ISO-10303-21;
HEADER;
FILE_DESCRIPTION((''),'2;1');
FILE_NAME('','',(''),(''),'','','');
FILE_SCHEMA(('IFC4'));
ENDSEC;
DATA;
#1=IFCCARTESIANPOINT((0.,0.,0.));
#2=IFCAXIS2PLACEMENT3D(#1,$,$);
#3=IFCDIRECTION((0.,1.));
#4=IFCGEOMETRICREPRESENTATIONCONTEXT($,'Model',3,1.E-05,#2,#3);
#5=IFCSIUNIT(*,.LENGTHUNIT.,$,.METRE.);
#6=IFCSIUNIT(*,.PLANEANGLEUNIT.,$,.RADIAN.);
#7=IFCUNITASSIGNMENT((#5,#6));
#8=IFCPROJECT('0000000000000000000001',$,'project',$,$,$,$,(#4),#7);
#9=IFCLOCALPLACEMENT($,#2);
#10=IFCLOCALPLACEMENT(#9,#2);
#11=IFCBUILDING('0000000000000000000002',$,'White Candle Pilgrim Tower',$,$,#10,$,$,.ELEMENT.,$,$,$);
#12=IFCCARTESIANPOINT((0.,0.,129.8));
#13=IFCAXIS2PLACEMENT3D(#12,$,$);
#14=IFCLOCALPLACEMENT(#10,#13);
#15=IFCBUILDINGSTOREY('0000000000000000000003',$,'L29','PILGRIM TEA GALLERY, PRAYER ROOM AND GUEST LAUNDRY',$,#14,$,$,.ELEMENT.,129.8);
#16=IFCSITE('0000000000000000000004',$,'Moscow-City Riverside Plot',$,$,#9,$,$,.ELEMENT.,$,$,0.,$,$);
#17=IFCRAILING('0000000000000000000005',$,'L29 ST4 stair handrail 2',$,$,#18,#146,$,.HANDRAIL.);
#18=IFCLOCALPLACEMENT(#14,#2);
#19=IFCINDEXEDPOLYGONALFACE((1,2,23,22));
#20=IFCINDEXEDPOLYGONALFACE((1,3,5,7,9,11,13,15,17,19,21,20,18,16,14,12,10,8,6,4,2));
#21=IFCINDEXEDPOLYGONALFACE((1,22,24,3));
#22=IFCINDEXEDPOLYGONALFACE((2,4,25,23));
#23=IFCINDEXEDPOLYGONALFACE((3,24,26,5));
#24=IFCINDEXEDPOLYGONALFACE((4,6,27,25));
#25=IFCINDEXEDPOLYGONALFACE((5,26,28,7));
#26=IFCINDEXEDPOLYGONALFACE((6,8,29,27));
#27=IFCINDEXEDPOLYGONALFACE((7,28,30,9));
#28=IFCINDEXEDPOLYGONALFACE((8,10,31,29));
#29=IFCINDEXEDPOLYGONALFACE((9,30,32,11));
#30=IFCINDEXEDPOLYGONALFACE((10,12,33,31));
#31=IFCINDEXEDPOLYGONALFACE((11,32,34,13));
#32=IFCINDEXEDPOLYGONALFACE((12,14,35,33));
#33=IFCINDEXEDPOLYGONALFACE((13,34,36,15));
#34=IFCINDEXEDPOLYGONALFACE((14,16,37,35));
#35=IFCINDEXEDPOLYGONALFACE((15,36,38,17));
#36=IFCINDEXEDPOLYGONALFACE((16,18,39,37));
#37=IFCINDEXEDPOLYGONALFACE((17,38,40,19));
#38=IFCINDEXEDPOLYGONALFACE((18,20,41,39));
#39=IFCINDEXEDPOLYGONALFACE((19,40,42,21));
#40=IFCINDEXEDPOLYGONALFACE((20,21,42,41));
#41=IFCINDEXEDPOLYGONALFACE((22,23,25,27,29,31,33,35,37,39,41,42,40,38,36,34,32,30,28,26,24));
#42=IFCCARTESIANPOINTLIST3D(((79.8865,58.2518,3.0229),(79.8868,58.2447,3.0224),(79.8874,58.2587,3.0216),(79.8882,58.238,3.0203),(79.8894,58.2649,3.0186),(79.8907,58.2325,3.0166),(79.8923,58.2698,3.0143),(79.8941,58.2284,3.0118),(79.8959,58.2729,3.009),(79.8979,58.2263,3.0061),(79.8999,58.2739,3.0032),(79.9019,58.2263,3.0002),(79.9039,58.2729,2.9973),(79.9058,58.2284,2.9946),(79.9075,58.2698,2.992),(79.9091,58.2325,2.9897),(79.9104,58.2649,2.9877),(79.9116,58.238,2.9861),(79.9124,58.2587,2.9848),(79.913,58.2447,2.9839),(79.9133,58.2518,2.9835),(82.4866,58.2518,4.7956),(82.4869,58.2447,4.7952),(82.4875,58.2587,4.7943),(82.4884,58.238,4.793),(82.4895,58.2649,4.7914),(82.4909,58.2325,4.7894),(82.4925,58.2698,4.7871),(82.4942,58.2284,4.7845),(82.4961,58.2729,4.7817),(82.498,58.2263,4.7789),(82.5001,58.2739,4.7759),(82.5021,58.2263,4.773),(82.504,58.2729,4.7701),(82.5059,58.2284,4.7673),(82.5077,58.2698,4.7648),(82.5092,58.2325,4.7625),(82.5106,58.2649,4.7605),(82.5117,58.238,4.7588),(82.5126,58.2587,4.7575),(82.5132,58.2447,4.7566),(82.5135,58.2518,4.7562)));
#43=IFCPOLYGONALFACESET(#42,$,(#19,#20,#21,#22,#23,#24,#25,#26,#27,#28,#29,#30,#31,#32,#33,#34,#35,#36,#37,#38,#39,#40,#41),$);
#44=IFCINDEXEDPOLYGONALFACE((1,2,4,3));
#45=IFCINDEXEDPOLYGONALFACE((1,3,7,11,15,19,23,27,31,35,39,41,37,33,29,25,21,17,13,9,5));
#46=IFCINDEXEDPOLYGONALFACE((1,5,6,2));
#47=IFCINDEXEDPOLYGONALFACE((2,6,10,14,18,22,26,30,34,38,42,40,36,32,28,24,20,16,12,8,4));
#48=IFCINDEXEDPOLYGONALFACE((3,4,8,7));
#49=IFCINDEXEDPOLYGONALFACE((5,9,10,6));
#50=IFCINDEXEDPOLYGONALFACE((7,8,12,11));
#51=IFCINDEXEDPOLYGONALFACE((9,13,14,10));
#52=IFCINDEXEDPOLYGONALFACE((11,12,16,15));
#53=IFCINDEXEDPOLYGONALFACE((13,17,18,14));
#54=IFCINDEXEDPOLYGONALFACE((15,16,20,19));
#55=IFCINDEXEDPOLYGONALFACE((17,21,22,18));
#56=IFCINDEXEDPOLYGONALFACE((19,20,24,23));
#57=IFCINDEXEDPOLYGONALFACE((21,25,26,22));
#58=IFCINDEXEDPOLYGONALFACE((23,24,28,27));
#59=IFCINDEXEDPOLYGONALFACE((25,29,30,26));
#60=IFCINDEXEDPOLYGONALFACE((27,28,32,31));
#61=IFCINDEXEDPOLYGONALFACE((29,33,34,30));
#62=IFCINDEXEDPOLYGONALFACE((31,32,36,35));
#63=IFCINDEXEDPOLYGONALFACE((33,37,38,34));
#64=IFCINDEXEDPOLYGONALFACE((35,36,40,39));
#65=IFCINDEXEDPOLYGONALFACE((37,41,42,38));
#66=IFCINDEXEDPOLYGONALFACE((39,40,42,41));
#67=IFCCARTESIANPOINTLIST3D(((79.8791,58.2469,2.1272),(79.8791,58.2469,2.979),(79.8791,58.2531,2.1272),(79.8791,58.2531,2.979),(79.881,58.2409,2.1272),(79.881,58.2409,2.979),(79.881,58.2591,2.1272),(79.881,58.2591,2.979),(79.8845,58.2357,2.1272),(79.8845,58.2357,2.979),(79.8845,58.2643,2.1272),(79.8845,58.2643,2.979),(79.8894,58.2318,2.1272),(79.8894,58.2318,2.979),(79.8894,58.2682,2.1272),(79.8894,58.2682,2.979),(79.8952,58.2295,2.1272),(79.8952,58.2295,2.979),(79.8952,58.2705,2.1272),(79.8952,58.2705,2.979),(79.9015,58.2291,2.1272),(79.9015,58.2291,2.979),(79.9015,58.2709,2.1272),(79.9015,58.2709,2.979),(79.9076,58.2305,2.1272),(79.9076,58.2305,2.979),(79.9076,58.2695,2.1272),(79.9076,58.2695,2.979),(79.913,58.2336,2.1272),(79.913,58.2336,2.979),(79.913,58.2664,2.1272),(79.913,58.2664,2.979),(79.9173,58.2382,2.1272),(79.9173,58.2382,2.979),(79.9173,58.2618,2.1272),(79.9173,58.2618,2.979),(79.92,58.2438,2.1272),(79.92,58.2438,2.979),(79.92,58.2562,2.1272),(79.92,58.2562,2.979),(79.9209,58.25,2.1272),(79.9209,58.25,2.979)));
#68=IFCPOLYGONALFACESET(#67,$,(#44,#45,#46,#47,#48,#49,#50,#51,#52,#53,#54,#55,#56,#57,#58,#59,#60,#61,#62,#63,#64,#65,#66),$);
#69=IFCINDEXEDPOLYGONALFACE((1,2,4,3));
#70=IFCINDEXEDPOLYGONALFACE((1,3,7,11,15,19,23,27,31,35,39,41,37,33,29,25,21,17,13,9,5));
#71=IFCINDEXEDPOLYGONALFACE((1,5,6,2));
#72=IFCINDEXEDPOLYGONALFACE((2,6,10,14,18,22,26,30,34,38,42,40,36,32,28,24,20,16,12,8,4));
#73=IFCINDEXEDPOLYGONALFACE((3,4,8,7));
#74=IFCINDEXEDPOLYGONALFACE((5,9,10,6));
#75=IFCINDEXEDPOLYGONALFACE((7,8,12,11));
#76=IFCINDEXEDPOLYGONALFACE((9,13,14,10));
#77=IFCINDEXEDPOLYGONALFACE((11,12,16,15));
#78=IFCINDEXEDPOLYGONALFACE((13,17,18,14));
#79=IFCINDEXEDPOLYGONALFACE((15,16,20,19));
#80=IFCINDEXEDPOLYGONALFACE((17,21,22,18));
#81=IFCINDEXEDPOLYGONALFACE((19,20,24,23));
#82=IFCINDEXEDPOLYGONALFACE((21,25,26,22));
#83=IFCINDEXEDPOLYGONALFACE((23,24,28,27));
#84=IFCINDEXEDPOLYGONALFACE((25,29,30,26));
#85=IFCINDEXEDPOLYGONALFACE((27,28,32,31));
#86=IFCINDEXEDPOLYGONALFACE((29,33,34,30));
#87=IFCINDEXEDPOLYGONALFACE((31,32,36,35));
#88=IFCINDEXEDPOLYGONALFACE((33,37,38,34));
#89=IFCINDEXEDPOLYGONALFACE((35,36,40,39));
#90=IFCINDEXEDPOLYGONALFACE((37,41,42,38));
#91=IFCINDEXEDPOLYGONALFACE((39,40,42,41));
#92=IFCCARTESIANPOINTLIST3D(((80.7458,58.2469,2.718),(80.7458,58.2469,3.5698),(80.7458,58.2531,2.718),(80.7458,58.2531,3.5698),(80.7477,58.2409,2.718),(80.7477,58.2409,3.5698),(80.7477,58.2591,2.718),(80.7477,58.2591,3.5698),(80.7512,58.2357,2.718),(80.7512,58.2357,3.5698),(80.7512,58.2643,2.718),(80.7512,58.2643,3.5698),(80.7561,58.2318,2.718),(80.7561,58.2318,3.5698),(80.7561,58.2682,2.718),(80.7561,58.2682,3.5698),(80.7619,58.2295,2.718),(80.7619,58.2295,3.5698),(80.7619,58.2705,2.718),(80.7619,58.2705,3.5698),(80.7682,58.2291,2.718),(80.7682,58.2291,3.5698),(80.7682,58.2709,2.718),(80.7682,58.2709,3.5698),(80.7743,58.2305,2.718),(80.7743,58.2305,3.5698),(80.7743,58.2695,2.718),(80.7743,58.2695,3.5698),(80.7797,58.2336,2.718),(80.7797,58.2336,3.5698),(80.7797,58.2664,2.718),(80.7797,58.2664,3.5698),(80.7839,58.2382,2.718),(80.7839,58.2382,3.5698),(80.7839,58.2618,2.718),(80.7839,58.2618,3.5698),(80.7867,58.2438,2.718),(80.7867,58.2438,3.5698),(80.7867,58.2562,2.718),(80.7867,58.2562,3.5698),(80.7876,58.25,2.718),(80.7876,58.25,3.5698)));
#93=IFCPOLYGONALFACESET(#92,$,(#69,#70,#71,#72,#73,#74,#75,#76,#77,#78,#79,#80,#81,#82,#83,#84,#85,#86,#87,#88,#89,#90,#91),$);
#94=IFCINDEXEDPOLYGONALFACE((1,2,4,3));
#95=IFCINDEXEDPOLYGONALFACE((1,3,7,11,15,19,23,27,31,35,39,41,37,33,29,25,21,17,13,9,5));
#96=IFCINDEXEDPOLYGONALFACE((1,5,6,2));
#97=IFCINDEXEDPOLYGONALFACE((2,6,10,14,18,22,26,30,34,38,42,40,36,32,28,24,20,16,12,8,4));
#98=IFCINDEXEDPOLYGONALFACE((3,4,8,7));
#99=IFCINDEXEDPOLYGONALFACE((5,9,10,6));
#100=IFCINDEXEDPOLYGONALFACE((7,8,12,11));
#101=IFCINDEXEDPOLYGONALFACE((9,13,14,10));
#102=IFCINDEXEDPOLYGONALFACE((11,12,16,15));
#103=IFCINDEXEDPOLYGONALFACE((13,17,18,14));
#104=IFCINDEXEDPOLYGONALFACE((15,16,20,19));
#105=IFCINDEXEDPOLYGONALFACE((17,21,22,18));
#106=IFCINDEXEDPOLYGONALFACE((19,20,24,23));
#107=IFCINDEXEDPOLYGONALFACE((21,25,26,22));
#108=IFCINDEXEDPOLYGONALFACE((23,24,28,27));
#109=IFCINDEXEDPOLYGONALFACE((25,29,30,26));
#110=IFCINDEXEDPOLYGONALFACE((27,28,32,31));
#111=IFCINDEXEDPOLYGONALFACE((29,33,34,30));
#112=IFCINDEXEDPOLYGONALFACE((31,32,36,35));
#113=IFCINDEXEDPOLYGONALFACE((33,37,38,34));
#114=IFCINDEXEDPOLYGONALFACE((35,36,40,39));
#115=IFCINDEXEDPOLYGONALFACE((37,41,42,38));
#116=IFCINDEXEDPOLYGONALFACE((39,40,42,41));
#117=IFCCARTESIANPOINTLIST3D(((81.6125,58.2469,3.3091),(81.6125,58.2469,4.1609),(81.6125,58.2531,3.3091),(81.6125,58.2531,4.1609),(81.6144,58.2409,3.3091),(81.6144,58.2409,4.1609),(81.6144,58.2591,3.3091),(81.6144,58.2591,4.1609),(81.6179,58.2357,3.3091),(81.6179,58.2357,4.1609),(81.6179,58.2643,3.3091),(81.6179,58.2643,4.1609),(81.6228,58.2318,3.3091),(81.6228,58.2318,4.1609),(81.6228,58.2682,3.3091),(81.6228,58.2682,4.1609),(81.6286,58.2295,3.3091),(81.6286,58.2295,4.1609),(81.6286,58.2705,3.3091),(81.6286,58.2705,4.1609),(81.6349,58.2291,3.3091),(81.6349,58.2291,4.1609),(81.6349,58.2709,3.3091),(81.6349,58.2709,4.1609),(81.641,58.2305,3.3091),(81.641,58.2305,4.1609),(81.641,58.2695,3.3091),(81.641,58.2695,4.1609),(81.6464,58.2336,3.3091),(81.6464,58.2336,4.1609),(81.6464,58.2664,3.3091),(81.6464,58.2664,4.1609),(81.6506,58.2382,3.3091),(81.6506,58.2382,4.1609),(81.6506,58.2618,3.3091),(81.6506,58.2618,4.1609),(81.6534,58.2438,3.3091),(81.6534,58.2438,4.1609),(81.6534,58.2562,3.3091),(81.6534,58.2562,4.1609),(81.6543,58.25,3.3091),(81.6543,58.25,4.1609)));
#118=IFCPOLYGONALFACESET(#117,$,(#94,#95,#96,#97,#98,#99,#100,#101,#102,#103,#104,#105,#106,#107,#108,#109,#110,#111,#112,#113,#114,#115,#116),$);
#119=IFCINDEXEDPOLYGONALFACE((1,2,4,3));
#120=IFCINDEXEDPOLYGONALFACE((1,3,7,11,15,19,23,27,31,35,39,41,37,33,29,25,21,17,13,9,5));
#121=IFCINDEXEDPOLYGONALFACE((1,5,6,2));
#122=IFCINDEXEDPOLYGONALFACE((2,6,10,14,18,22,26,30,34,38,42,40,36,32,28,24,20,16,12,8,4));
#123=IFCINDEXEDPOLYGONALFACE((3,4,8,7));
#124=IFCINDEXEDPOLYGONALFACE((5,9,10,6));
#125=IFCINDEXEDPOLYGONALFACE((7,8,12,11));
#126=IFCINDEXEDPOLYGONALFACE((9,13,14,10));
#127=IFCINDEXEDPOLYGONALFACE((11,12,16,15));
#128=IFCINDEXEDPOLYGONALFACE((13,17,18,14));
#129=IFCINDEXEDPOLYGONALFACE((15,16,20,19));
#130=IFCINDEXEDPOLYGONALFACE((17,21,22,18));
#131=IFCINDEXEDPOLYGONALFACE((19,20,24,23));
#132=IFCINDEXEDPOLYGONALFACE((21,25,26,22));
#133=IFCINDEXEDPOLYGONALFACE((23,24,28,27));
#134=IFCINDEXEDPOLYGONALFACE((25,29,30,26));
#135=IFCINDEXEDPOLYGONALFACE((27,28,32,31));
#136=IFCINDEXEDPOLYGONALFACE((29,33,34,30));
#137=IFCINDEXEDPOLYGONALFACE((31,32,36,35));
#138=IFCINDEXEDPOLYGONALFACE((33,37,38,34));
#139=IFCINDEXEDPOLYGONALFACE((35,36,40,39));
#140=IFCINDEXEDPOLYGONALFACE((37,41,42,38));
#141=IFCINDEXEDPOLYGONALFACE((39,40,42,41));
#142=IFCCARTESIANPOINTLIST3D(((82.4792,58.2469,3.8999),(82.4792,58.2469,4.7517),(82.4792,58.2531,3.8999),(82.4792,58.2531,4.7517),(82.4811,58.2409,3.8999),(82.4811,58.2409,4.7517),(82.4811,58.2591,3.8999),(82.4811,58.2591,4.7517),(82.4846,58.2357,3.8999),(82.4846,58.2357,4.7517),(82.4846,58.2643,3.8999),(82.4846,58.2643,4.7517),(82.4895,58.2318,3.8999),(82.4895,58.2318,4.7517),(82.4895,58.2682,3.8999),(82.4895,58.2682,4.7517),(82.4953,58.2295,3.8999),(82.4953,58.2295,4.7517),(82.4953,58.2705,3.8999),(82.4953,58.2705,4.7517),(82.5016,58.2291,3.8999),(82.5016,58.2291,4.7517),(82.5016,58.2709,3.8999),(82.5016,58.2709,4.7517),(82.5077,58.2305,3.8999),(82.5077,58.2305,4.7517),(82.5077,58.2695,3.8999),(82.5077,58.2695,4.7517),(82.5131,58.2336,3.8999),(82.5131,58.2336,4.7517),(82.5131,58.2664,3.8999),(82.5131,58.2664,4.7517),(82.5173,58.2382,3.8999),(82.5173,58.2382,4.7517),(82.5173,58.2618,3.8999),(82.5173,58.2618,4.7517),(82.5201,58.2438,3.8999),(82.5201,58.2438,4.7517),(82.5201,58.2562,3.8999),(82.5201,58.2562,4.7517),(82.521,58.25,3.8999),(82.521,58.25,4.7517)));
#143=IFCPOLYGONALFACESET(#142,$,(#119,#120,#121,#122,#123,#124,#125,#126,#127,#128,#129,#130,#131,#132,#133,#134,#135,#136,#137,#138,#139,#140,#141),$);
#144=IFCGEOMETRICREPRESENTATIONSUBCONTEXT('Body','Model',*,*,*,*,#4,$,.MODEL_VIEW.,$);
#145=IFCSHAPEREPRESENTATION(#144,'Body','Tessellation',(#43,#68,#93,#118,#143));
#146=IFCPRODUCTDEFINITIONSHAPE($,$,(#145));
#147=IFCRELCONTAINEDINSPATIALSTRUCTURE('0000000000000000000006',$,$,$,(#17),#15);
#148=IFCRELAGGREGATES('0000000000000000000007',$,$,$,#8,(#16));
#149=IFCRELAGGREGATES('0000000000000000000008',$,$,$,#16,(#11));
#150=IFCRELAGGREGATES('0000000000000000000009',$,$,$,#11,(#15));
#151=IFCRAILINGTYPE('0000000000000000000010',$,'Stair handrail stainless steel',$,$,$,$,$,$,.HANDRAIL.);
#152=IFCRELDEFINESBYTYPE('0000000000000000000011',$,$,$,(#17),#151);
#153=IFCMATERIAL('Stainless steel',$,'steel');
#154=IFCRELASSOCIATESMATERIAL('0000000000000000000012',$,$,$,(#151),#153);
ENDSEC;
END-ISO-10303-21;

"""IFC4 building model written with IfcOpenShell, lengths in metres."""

from ifc_helpers import new_model, si_unit, direction, frame, origin, origin_2d, place, context, subcontext, project, spatial, circle, extrude, material, type_object, element, save


model = new_model("IFC4")

# Units and contexts
model_context = context("Model", 3, precision=1e-05, world=origin(), true_north=direction((0.0, 1.0)))
body_context = subcontext(model_context, "Body", "Model", "MODEL_VIEW")
ifc_project = project(units=[si_unit("LENGTHUNIT", "METRE"), si_unit("PLANEANGLEUNIT", "RADIAN")], contexts=[model_context])

# Site, building, storey
site_placement = place(None, origin())
site = spatial("IfcSite", under=ifc_project, at=site_placement, Name="Moscow-City Riverside Plot", CompositionType="ELEMENT", RefElevation=0.0)
building_placement = place(site_placement, origin())
building = spatial("IfcBuilding", under=site, at=building_placement, Name="White Candle Pilgrim Tower", CompositionType="ELEMENT")
storey_placement = place(building_placement, frame((0.0, 0.0, 129.8)))
storey = spatial("IfcBuildingStorey", under=building, at=storey_placement, Name="L29", Description="PILGRIM TEA GALLERY, PRAYER ROOM AND GUEST LAUNDRY", CompositionType="ELEMENT", Elevation=129.8)

# Railing
ifc_material_1 = material(Name="Stainless steel", Category="steel")
railing_type_1 = type_object("IfcRailingType", Name="Stair handrail stainless steel", PredefinedType="HANDRAIL", material=ifc_material_1)
railing_1_placement = place(storey_placement, frame((79.8999, 58.25, 2.1272)))
element("IfcRailing", 1, at=railing_1_placement, inside=storey, type_object=railing_type_1, Name="L29 ST4 stair handrail 2", PredefinedType="HANDRAIL", context=body_context, shape_type="SweptSolid", body=[
    extrude(circle(Radius=0.0239, at=origin_2d()), frame((0.0, 0.0, 0.876), z_axis=(0.82624, 0.0, 0.563318), x_axis=(0.0, 1.0, 0.0)), (0.0, 0.0, 1.0), 3.147),
    extrude(circle(Radius=0.021, at=origin_2d()), origin(), (0.0, 0.0, 1.0), 0.8518),
    extrude(circle(Radius=0.021, at=origin_2d()), frame((0.8667, 0.0, 0.5908)), (0.0, 0.0, 1.0), 0.8518),
    extrude(circle(Radius=0.021, at=origin_2d()), frame((1.7334, 0.0, 1.1819)), (0.0, 0.0, 1.0), 0.8518),
    extrude(circle(Radius=0.021, at=origin_2d()), frame((2.6001, 0.0, 1.7727)), (0.0, 0.0, 1.0), 0.8518),
])

save(model, "model.ifc")
